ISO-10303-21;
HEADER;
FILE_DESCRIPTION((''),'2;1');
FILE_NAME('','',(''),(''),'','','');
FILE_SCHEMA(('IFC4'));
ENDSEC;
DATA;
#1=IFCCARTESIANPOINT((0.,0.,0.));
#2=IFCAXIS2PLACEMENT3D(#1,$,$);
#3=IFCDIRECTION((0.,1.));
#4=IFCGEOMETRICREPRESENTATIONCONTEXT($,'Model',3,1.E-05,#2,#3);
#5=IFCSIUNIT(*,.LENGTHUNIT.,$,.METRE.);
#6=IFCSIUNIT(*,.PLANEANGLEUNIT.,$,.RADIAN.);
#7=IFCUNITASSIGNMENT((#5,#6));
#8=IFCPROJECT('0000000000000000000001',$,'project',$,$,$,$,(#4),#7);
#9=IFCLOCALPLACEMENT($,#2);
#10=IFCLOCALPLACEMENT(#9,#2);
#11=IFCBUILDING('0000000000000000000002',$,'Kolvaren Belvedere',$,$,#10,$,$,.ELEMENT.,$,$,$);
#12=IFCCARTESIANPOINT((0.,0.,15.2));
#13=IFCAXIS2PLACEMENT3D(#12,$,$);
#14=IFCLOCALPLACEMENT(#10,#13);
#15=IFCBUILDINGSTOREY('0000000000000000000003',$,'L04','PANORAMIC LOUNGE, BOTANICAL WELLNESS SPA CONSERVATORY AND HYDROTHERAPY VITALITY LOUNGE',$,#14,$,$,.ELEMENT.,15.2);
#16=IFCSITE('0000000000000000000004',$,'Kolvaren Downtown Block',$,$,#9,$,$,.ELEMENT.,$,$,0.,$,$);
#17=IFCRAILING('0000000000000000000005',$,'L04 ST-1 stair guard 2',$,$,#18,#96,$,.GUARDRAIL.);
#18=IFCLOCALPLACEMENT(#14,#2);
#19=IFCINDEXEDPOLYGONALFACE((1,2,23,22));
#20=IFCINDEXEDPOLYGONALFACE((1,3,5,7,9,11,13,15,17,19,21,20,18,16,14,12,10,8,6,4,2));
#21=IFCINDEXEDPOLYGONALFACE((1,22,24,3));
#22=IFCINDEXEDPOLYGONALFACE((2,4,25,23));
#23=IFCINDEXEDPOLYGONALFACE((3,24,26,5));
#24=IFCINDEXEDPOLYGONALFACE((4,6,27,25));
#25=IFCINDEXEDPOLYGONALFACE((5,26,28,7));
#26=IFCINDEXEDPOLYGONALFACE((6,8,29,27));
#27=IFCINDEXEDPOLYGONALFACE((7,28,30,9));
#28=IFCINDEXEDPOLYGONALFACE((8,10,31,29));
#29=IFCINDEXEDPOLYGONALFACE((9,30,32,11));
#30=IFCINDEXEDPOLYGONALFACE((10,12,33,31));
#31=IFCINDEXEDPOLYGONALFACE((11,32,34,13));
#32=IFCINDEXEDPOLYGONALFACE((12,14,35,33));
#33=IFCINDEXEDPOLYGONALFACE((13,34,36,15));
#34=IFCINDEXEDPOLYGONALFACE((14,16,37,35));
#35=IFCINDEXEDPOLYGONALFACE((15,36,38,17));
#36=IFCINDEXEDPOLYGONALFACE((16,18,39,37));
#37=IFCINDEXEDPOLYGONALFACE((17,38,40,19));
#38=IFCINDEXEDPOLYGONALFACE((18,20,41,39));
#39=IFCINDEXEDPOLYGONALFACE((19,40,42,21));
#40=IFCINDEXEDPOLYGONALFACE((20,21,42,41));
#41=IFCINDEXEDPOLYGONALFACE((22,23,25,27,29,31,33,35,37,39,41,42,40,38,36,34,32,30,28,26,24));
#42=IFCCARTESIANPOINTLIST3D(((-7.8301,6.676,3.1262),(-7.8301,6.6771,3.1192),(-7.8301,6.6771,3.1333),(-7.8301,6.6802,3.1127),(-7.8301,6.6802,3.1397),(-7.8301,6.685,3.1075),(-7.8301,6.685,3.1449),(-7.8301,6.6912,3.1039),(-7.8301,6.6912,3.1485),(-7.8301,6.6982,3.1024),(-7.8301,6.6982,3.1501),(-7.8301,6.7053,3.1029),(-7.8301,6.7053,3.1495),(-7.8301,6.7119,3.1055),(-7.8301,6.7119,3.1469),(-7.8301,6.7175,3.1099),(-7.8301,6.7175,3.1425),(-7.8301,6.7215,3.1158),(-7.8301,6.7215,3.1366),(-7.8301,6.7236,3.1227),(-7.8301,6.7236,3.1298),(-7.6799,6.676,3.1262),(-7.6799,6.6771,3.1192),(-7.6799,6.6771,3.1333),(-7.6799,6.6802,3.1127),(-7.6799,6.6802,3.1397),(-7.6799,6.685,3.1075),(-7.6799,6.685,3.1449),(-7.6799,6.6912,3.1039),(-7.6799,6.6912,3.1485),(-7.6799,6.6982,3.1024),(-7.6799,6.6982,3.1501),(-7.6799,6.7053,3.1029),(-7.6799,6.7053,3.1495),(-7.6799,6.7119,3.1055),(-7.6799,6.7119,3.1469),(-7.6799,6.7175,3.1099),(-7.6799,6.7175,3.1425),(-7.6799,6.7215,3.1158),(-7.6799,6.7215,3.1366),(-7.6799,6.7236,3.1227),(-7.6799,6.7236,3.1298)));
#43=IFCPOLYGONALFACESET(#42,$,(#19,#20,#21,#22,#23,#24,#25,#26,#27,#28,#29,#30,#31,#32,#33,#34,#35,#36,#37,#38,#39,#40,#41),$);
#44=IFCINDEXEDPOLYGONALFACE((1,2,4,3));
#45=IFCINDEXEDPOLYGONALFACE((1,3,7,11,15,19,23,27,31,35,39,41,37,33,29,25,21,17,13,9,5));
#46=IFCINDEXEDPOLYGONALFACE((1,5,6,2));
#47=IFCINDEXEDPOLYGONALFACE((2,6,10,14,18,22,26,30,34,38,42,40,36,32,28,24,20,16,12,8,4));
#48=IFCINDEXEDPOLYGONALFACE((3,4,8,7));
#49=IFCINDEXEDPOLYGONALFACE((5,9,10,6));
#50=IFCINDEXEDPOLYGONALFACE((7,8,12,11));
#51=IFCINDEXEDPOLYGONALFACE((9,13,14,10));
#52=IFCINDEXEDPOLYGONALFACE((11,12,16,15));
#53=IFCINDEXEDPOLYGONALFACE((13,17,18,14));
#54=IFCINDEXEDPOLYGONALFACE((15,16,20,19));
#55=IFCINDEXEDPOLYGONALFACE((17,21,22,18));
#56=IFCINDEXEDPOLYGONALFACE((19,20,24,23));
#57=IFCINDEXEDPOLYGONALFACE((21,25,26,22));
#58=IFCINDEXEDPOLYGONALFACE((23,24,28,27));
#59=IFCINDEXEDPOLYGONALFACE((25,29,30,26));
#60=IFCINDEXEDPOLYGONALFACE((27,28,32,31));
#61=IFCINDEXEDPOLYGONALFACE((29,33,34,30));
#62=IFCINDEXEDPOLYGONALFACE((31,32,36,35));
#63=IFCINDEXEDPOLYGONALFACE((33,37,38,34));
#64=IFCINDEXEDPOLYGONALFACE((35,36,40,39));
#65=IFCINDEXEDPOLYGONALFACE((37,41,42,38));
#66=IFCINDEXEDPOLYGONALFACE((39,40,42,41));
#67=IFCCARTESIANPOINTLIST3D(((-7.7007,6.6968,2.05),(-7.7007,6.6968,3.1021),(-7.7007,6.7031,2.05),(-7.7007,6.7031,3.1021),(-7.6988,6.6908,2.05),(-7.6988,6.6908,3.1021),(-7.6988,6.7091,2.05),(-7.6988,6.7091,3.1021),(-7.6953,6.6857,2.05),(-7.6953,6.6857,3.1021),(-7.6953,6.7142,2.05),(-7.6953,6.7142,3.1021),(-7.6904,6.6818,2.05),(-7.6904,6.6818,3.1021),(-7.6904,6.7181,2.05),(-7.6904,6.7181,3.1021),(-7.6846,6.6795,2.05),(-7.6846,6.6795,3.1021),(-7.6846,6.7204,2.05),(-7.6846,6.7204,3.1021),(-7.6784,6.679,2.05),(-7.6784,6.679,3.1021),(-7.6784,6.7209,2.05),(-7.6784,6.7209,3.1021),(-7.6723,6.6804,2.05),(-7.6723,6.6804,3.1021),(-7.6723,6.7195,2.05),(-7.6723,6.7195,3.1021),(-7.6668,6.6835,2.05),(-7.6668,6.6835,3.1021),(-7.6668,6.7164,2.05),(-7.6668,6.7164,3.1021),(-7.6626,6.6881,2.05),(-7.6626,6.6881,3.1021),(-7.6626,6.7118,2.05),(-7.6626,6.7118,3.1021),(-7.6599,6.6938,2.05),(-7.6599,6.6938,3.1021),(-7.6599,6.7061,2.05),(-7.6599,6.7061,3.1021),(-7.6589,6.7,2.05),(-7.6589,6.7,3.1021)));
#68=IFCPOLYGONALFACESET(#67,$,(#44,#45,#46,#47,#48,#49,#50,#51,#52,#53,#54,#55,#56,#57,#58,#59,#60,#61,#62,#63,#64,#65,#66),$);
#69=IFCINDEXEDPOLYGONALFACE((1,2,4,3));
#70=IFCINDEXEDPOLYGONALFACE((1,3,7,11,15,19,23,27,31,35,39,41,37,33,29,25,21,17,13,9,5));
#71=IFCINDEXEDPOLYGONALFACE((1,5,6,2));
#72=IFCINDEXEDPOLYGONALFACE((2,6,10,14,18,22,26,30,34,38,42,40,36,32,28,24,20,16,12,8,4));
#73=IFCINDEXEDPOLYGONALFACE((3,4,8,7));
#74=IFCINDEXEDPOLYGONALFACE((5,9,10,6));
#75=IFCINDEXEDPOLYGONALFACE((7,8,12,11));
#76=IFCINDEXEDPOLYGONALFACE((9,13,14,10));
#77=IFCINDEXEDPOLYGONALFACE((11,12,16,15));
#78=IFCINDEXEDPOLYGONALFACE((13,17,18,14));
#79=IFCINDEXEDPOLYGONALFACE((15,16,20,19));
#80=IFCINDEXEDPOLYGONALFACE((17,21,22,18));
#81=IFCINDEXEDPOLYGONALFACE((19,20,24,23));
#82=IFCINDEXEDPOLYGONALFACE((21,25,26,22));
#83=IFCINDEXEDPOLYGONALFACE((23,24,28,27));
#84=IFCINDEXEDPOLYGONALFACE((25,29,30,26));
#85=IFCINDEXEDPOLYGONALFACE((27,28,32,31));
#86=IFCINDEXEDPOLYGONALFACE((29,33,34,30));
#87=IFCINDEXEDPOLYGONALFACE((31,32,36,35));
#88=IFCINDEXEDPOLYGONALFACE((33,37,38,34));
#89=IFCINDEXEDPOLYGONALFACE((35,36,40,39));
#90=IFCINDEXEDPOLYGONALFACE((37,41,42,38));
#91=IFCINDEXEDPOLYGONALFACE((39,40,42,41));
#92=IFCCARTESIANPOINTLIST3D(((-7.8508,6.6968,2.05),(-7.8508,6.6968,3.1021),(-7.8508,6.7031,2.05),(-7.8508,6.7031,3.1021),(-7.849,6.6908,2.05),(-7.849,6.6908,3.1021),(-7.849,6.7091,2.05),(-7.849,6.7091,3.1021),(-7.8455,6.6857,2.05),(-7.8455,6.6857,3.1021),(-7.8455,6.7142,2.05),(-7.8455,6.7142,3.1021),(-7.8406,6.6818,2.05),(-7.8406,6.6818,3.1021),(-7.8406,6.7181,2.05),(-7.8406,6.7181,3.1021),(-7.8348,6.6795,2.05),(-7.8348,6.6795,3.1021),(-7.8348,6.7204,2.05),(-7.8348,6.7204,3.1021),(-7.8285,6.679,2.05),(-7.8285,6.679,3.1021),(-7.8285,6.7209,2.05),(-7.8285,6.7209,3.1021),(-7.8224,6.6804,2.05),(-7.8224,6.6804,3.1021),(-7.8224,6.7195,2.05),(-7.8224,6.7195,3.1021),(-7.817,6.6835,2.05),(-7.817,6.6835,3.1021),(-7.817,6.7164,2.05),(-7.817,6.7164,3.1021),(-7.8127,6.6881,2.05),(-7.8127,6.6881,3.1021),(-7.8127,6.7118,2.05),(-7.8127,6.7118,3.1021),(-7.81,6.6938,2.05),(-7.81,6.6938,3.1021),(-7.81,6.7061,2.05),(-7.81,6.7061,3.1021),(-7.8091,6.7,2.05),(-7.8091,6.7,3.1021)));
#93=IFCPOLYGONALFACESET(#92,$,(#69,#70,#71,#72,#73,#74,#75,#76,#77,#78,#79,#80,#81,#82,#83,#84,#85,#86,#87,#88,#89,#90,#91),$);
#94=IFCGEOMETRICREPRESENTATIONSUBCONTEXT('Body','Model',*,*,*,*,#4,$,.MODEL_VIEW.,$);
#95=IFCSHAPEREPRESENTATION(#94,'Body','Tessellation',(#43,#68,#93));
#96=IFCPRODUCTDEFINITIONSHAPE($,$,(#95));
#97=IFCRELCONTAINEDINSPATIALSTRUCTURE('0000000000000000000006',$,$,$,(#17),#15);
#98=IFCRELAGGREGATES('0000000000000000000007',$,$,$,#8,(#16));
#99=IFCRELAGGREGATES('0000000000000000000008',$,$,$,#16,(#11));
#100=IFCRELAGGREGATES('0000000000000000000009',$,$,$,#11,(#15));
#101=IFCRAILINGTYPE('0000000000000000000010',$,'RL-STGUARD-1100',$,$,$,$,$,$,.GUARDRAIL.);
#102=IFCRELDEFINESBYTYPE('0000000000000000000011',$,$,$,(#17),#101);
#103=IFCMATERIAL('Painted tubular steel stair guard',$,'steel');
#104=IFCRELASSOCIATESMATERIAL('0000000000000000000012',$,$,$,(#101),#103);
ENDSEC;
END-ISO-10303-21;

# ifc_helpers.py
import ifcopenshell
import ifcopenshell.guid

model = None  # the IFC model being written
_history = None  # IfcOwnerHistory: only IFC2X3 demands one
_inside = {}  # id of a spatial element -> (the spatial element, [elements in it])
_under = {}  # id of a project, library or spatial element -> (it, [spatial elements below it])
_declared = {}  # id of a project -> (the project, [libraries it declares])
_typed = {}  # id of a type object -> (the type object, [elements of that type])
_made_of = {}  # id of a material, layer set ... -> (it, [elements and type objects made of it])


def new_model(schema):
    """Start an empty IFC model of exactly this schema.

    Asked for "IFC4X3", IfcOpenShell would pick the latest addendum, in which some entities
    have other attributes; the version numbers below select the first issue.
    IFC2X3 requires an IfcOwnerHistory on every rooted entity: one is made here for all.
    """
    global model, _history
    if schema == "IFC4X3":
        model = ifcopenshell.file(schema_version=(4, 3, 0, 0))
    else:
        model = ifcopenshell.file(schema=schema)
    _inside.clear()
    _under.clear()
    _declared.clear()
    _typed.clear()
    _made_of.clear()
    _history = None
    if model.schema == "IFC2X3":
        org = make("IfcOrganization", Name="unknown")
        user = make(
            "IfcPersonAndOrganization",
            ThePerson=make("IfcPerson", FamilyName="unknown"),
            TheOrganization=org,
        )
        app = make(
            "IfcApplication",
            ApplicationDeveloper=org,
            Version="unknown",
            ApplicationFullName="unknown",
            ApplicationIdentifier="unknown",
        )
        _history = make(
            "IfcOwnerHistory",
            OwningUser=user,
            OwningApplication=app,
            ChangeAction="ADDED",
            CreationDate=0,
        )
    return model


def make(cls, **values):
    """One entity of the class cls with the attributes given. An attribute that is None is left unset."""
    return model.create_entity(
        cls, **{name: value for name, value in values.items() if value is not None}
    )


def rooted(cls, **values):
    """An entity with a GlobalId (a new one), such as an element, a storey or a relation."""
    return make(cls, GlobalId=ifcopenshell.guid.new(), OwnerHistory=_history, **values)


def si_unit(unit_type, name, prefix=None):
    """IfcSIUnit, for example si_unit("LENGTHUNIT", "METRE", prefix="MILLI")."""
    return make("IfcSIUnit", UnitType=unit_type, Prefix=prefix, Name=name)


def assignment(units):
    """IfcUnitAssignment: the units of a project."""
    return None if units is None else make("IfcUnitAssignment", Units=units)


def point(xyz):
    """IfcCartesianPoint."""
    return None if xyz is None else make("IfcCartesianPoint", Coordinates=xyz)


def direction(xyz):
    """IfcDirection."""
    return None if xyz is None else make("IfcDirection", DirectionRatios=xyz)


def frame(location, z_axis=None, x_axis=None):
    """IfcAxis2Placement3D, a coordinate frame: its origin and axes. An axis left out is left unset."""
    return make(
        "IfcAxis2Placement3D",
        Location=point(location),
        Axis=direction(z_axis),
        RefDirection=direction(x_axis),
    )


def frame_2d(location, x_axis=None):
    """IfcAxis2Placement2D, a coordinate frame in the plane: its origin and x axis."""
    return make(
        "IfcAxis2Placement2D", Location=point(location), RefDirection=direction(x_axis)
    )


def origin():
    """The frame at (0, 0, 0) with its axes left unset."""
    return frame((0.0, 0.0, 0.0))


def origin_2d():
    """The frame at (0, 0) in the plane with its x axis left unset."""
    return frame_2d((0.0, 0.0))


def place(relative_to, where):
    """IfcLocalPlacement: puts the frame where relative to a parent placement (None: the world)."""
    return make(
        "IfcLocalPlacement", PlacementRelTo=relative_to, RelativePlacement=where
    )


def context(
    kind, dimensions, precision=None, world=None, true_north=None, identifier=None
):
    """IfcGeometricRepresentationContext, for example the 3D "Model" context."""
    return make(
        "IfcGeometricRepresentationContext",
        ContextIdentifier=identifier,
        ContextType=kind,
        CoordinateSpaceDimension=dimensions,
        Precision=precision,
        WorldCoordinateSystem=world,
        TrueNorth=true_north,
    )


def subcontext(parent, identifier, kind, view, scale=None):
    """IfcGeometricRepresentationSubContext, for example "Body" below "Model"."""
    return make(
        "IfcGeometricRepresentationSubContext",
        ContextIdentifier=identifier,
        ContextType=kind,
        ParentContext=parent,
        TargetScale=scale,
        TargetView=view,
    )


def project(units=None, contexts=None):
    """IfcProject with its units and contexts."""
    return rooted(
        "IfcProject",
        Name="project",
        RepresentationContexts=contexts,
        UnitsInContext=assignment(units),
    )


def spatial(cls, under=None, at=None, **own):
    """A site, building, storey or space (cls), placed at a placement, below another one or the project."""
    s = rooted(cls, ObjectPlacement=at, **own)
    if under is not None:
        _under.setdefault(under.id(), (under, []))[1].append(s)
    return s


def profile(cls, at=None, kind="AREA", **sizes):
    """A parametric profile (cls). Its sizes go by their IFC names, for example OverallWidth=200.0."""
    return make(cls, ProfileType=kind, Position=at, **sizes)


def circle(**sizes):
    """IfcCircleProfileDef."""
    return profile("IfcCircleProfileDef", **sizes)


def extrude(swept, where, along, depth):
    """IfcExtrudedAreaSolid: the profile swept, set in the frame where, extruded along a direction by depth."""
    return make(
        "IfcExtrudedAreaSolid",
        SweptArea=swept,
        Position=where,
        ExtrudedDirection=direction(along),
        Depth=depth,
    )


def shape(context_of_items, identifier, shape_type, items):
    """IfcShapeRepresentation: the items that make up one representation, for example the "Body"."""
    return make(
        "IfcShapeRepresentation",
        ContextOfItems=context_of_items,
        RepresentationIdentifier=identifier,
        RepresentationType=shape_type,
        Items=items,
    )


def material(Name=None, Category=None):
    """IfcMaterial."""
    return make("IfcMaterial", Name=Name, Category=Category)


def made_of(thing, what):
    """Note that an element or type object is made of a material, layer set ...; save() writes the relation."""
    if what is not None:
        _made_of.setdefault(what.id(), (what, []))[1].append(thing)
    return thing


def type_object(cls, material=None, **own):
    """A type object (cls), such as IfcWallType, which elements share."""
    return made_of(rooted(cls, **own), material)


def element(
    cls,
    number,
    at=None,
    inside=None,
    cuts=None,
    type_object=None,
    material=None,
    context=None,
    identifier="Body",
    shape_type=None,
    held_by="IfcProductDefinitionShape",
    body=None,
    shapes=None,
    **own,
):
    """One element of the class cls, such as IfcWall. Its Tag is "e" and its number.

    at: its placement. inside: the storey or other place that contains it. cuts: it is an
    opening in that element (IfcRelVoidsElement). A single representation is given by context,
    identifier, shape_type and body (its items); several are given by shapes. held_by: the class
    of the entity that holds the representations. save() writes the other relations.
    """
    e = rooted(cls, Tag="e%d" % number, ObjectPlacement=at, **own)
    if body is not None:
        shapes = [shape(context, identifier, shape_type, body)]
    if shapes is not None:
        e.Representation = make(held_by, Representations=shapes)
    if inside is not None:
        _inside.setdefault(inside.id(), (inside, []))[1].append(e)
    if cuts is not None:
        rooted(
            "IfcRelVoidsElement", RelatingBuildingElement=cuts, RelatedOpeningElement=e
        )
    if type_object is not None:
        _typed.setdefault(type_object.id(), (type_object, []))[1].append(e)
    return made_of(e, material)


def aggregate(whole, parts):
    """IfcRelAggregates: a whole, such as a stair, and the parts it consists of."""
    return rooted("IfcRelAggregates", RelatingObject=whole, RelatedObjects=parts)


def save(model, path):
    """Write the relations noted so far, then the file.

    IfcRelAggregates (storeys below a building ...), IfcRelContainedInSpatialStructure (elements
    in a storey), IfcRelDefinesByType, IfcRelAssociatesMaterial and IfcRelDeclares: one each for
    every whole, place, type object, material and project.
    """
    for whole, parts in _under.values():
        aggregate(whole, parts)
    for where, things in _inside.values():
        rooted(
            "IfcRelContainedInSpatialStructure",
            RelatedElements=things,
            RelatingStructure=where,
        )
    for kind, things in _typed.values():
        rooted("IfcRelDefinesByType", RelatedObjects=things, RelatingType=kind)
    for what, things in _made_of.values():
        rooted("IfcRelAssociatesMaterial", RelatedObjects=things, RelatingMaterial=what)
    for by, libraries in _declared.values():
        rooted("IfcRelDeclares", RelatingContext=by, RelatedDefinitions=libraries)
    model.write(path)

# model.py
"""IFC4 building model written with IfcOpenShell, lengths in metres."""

from ifc_helpers import new_model, si_unit, direction, frame, origin, origin_2d, place, context, subcontext, project, spatial, circle, extrude, material, type_object, element, save


model = new_model("IFC4")

# Units and contexts
model_context = context("Model", 3, precision=1e-05, world=origin(), true_north=direction((0.0, 1.0)))
body_context = subcontext(model_context, "Body", "Model", "MODEL_VIEW")
ifc_project = project(units=[si_unit("LENGTHUNIT", "METRE"), si_unit("PLANEANGLEUNIT", "RADIAN")], contexts=[model_context])

# Site, building, storey
site_placement = place(None, origin())
site = spatial("IfcSite", under=ifc_project, at=site_placement, Name="Kolvaren Downtown Block", CompositionType="ELEMENT", RefElevation=0.0)
building_placement = place(site_placement, origin())
building = spatial("IfcBuilding", under=site, at=building_placement, Name="Kolvaren Belvedere", CompositionType="ELEMENT")
storey_placement = place(building_placement, frame((0.0, 0.0, 15.2)))
storey = spatial("IfcBuildingStorey", under=building, at=storey_placement, Name="L04", Description="PANORAMIC LOUNGE, BOTANICAL WELLNESS SPA CONSERVATORY AND HYDROTHERAPY VITALITY LOUNGE", CompositionType="ELEMENT", Elevation=15.2)

# Railing
ifc_material_1 = material(Name="Painted tubular steel stair guard", Category="steel")
railing_type_1 = type_object("IfcRailingType", Name="RL-STGUARD-1100", PredefinedType="GUARDRAIL", material=ifc_material_1)
railing_1_placement = place(storey_placement, frame((-7.6799, 6.7, 2.05)))
element("IfcRailing", 1, at=railing_1_placement, inside=storey, type_object=railing_type_1, Name="L04 ST-1 stair guard 2", PredefinedType="GUARDRAIL", context=body_context, shape_type="SweptSolid", body=[
    extrude(circle(Radius=0.0239, at=origin_2d()), frame((0.0, 0.0, 1.0762), z_axis=(-1.0, 0.0, 0.0), x_axis=(0.0, -1.0, 0.0)), (0.0, 0.0, 1.0), 0.1501),
    extrude(circle(Radius=0.021, at=origin_2d()), origin(), (0.0, 0.0, 1.0), 1.052),
    extrude(circle(Radius=0.021, at=origin_2d()), frame((-0.1501, 0.0, 0.0)), (0.0, 0.0, 1.0), 1.052),
])

save(model, "model.ifc")
